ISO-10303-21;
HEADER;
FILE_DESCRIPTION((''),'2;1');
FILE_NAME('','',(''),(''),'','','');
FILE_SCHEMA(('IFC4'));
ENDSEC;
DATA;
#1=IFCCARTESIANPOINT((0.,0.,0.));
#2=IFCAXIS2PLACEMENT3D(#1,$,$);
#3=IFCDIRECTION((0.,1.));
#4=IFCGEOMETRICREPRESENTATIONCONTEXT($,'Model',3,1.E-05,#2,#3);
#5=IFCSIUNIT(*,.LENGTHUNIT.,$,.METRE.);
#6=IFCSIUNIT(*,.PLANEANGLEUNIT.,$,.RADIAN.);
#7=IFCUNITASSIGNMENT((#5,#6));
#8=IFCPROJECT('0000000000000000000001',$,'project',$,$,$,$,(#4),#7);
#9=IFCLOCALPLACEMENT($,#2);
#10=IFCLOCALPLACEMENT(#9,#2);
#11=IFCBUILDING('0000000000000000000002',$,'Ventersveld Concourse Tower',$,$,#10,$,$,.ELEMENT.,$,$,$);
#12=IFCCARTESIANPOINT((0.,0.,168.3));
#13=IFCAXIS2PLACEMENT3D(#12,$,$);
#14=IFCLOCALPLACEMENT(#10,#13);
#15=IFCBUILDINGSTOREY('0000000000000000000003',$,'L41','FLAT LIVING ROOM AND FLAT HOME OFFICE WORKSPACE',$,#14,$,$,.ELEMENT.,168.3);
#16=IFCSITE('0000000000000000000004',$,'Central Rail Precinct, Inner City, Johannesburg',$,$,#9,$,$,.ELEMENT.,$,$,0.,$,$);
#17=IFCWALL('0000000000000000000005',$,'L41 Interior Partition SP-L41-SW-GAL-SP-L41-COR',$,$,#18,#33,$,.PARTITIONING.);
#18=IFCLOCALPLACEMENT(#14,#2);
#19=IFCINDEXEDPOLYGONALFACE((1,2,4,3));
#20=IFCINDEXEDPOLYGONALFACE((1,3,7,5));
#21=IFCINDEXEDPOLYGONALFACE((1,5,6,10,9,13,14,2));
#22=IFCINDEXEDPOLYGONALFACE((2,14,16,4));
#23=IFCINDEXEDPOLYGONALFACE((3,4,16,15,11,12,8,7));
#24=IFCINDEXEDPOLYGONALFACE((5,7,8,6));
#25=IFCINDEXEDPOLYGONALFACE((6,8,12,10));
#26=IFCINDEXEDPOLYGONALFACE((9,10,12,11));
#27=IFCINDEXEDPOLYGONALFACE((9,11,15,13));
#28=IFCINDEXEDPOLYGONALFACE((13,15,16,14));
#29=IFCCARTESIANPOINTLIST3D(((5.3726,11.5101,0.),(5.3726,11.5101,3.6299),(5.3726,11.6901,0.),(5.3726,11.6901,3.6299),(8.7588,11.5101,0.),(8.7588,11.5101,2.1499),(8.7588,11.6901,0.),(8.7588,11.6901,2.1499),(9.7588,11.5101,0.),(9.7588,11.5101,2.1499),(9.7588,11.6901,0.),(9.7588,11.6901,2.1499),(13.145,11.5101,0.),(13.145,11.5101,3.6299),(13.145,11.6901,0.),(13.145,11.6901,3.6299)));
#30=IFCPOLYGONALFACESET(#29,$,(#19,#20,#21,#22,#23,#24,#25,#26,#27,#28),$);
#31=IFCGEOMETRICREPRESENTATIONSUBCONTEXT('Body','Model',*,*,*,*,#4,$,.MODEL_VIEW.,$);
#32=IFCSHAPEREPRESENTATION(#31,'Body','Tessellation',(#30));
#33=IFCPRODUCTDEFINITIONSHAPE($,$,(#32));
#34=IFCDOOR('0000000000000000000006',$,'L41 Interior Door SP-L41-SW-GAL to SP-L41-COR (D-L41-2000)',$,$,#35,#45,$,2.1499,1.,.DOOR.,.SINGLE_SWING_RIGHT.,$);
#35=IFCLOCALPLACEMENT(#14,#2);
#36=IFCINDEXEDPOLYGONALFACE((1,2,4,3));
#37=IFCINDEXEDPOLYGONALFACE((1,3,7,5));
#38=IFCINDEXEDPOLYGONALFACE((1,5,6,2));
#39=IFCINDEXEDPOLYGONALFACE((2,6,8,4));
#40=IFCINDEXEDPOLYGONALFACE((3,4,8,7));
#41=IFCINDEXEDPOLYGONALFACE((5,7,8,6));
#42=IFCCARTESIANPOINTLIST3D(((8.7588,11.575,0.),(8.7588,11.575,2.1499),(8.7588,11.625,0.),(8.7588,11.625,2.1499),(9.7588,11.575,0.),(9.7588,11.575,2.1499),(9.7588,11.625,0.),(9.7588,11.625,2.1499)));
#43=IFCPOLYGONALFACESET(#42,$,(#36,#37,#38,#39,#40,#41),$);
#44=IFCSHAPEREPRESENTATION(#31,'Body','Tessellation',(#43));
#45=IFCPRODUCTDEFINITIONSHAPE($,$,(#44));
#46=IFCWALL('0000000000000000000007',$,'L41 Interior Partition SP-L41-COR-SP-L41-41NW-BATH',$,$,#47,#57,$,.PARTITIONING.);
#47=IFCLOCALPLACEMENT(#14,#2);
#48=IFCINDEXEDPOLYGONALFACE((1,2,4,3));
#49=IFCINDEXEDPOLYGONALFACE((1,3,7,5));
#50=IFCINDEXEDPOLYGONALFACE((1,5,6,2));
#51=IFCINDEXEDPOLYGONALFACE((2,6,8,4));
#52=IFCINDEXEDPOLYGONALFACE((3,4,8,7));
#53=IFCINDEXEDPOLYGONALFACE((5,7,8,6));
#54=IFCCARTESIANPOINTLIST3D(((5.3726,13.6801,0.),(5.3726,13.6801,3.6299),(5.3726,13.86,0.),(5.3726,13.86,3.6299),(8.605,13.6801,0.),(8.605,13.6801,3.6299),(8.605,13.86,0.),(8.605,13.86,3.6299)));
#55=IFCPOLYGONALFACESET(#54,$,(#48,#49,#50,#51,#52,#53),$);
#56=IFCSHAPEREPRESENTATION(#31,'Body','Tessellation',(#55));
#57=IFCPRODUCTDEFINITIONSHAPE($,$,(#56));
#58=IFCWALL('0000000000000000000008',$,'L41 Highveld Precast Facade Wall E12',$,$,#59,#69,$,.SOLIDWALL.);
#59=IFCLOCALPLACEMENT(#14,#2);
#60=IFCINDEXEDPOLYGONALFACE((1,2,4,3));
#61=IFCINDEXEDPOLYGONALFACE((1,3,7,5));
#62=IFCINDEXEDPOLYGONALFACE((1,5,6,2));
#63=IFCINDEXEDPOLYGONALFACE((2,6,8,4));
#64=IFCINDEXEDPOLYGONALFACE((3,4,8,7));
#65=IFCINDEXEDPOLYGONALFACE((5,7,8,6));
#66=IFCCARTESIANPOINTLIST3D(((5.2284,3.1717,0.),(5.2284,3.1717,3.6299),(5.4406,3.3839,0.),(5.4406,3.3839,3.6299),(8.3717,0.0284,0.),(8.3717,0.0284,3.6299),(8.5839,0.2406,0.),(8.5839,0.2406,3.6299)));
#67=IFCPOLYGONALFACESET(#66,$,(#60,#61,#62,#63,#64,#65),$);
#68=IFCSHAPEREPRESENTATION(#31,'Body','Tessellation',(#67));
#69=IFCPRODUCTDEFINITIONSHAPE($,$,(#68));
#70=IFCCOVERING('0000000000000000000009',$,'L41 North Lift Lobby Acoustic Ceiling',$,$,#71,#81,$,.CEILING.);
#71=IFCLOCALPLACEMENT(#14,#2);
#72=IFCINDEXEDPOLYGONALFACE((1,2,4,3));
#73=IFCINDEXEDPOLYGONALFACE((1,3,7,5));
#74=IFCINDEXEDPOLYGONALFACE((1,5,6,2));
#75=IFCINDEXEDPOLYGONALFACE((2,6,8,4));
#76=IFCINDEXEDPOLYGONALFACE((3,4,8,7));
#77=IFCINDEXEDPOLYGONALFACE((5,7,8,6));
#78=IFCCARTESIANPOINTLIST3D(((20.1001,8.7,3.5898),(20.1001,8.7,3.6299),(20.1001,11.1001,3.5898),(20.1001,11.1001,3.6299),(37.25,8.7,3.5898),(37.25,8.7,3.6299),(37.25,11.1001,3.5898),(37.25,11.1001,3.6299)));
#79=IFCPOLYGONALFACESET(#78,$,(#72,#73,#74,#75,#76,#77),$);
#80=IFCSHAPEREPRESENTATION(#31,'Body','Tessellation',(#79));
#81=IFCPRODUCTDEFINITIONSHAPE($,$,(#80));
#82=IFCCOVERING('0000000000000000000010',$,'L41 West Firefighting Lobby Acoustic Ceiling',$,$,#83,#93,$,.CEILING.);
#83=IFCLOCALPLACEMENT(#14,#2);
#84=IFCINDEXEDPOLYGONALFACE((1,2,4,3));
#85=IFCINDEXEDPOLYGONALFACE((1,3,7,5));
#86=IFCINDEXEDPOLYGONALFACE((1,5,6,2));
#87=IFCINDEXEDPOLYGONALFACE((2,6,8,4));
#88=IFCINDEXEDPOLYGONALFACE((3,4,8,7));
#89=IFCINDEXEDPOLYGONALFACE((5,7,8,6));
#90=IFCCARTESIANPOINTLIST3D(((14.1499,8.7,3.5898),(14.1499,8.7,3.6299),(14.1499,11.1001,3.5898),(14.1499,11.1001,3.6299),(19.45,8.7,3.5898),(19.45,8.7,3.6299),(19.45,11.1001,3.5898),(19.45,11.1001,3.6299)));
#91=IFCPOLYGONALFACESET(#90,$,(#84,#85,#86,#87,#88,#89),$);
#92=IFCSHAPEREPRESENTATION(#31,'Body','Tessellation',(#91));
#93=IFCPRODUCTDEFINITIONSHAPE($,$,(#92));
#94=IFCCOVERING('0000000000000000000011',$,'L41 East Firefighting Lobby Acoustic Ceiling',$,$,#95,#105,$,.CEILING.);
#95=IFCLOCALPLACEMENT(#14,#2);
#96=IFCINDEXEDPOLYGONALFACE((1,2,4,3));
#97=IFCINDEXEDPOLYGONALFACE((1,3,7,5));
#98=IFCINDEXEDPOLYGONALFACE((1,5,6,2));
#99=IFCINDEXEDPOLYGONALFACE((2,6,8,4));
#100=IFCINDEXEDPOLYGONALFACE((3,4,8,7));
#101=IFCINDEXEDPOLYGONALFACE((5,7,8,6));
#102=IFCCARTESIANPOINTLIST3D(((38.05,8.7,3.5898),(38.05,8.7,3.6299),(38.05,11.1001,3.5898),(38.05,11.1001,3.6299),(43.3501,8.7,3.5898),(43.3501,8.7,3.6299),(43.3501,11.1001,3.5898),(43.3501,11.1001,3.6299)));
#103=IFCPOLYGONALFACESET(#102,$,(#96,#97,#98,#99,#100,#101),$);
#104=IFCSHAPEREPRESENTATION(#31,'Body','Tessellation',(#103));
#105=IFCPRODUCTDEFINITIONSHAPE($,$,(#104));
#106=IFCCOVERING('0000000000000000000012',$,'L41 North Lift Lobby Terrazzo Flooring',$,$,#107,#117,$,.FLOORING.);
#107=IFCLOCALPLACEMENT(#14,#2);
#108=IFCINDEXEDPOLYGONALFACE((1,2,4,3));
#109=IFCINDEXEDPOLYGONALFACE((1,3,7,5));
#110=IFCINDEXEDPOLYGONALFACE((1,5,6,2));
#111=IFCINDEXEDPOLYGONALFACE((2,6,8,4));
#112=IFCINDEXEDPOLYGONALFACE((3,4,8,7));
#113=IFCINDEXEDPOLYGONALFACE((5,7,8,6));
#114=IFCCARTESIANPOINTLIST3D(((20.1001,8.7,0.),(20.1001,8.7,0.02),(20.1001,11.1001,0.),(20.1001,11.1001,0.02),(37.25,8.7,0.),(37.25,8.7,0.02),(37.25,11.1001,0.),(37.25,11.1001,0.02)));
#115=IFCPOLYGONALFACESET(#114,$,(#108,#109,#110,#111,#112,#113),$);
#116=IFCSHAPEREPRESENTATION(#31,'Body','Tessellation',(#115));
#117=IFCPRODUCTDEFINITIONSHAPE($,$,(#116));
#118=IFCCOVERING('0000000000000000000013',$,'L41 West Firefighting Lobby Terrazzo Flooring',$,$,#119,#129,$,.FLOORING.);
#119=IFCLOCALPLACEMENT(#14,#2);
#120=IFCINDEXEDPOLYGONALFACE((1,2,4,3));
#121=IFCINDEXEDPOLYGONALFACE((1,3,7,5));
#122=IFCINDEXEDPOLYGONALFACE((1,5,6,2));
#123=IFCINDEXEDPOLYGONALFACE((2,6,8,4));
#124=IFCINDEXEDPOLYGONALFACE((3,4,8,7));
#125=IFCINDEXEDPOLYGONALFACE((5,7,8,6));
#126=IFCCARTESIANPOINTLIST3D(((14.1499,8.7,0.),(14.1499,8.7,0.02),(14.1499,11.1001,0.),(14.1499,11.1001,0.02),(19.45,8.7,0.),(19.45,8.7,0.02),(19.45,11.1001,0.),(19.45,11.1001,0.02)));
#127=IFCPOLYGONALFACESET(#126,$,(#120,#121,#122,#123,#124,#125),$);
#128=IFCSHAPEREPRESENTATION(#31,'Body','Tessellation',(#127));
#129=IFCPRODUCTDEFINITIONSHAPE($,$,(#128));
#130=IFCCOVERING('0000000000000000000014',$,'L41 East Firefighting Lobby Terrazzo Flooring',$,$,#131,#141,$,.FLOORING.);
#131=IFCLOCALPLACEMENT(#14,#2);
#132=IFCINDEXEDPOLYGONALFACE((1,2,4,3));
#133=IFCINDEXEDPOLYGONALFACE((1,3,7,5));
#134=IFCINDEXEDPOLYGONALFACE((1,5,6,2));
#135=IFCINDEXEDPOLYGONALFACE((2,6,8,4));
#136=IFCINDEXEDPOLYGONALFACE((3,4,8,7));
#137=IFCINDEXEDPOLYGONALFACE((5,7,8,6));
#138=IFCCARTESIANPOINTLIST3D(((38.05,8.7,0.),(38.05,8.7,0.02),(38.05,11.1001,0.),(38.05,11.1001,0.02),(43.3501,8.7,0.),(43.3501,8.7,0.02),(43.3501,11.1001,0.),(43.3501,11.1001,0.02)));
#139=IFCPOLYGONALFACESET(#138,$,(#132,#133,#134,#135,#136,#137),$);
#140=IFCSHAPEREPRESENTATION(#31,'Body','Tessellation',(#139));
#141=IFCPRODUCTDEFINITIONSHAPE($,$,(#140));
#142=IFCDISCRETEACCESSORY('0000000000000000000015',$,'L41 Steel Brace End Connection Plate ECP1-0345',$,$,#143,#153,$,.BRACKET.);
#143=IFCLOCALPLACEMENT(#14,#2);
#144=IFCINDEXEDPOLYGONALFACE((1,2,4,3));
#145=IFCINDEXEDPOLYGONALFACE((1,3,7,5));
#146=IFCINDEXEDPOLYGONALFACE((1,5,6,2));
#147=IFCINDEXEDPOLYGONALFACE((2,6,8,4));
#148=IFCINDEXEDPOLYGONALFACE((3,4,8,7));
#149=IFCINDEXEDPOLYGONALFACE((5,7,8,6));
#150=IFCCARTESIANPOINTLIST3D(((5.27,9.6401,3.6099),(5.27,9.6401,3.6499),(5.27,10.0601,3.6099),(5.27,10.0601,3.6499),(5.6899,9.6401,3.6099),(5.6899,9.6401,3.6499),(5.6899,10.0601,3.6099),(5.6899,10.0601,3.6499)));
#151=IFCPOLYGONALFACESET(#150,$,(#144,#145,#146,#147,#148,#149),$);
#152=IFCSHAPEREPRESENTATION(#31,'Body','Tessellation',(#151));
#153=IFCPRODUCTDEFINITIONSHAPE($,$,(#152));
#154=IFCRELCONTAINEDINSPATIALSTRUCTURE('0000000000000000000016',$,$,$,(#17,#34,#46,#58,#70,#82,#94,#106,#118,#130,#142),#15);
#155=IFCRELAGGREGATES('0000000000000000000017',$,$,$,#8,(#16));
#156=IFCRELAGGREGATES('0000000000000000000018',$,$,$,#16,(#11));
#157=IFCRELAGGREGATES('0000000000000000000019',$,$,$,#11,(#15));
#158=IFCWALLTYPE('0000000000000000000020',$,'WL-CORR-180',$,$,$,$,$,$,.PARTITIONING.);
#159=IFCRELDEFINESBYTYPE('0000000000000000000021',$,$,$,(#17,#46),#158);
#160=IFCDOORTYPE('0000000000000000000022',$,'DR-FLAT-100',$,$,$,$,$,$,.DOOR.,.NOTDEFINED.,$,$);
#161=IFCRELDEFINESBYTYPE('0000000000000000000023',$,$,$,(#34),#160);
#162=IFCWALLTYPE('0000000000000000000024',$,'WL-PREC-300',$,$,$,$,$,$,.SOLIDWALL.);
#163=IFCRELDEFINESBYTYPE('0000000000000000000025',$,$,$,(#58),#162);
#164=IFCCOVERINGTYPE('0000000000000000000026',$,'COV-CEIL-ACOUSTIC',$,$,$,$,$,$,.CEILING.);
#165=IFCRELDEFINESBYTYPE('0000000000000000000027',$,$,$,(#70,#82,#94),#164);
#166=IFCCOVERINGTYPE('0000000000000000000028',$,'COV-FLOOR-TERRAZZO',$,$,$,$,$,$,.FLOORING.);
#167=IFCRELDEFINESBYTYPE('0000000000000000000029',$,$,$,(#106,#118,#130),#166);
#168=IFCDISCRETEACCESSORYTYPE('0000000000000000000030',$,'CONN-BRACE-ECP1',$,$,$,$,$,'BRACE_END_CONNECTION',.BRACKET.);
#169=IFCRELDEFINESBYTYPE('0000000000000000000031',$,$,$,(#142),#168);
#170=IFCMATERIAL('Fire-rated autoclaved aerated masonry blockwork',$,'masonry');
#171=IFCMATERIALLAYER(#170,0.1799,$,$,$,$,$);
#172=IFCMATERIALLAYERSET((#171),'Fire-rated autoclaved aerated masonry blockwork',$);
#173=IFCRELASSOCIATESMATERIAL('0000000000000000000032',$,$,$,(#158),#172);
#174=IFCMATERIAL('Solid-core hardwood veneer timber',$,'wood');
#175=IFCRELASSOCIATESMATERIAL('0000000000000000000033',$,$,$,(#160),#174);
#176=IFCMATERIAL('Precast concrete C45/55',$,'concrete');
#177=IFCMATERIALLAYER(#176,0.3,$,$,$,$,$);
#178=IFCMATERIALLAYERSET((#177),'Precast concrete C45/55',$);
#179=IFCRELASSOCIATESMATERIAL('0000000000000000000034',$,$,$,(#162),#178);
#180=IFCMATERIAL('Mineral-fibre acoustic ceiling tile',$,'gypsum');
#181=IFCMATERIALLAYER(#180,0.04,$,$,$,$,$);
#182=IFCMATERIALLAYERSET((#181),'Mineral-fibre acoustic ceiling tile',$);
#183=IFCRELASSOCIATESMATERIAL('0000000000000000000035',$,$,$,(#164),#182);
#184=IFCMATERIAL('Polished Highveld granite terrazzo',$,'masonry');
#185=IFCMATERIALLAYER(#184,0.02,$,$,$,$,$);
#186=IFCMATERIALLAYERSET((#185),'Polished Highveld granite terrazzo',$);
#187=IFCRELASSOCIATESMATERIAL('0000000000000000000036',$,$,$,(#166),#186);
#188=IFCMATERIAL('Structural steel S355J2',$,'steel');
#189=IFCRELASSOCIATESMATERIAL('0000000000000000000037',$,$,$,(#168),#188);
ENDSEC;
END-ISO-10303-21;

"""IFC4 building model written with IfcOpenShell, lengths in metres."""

from ifc_helpers import new_model, si_unit, direction, frame, frame_2d, origin, origin_2d, place, context, subcontext, project, spatial, polyline, rectangle, outline, extrude, material, layer, layer_set, type_object, element, fill, save


model = new_model("IFC4")

# Units and contexts
model_context = context("Model", 3, precision=1e-05, world=origin(), true_north=direction((0.0, 1.0)))
body_context = subcontext(model_context, "Body", "Model", "MODEL_VIEW")
ifc_project = project(units=[si_unit("LENGTHUNIT", "METRE"), si_unit("PLANEANGLEUNIT", "RADIAN")], contexts=[model_context])

# Site, building, storey
site_placement = place(None, origin())
site = spatial("IfcSite", under=ifc_project, at=site_placement, Name="Central Rail Precinct, Inner City, Johannesburg", CompositionType="ELEMENT", RefElevation=0.0)
building_placement = place(site_placement, origin())
building = spatial("IfcBuilding", under=site, at=building_placement, Name="Ventersveld Concourse Tower", CompositionType="ELEMENT")
storey_placement = place(building_placement, frame((0.0, 0.0, 168.3)))
storey = spatial("IfcBuildingStorey", under=building, at=storey_placement, Name="L41", Description="FLAT LIVING ROOM AND FLAT HOME OFFICE WORKSPACE", CompositionType="ELEMENT", Elevation=168.3)

# Wall, opening, door
ifc_material_1 = material(Name="Fire-rated autoclaved aerated masonry blockwork", Category="masonry")
ifc_layer_1 = layer(ifc_material_1, 0.1799)
ifc_layer_set_1 = layer_set([ifc_layer_1], Name="Fire-rated autoclaved aerated masonry blockwork")
wall_type_1 = type_object("IfcWallType", Name="WL-CORR-180", PredefinedType="PARTITIONING", material=ifc_layer_set_1)
wall_1_placement = place(storey_placement, frame((5.3726, 11.6001, 0.0), z_axis=(0.0, 0.0, 1.0), x_axis=(1.0, 0.0, 0.0)))
wall_1 = element("IfcWall", 1, at=wall_1_placement, inside=storey, type_object=wall_type_1, Name="L41 Interior Partition SP-L41-SW-GAL-SP-L41-COR", PredefinedType="PARTITIONING", context=body_context, shape_type="SweptSolid", body=[
    extrude(rectangle(XDim=7.7725, YDim=0.1799, at=frame_2d((3.8862, 0.0))), origin(), (0.0, 0.0, 1.0), 3.6299),
])
opening_placement = place(wall_1_placement, frame((3.3862, 0.0, 0.0)))
opening = element("IfcOpeningElement", 2, at=opening_placement, cuts=wall_1, PredefinedType="OPENING", context=body_context, shape_type="SweptSolid", body=[
    extrude(rectangle(XDim=1.0, YDim=2.1499, at=frame_2d((0.5, 1.075))), frame((0.0, 0.1001, 0.0), z_axis=(0.0, -1.0, 0.0), x_axis=(1.0, 0.0, 0.0)), (0.0, 0.0, 1.0), 0.2),
])
ifc_material_2 = material(Name="Solid-core hardwood veneer timber", Category="wood")
door_type = type_object("IfcDoorType", Name="DR-FLAT-100", OperationType="NOTDEFINED", PredefinedType="DOOR", material=ifc_material_2)
door_placement = place(opening_placement, origin())
door = element("IfcDoor", 3, at=door_placement, inside=storey, type_object=door_type, Name="L41 Interior Door SP-L41-SW-GAL to SP-L41-COR (D-L41-2000)", OperationType="SINGLE_SWING_RIGHT", OverallHeight=2.1499, OverallWidth=1.0, PredefinedType="DOOR", context=body_context, shape_type="SweptSolid", body=[
    extrude(rectangle(XDim=1.0, YDim=2.1499, at=frame_2d((0.5, 1.075))), frame((0.0, 0.0249, 0.0), z_axis=(0.0, -1.0, 0.0), x_axis=(1.0, 0.0, 0.0)), (0.0, 0.0, 1.0), 0.05),
])
fill(opening, door)

# Walls
wall_2_placement = place(storey_placement, frame((5.3726, 13.77, 0.0), z_axis=(0.0, 0.0, 1.0), x_axis=(1.0, 0.0, 0.0)))
element("IfcWall", 4, at=wall_2_placement, inside=storey, type_object=wall_type_1, Name="L41 Interior Partition SP-L41-COR-SP-L41-41NW-BATH", PredefinedType="PARTITIONING", context=body_context, shape_type="SweptSolid", body=[
    extrude(rectangle(XDim=3.2324, YDim=0.1799, at=frame_2d((1.6162, 0.0))), origin(), (0.0, 0.0, 1.0), 3.6299),
])
ifc_material_3 = material(Name="Precast concrete C45/55", Category="concrete")
ifc_layer_2 = layer(ifc_material_3, 0.3)
ifc_layer_set_2 = layer_set([ifc_layer_2], Name="Precast concrete C45/55")
wall_type_2 = type_object("IfcWallType", Name="WL-PREC-300", PredefinedType="SOLIDWALL", material=ifc_layer_set_2)
wall_3_placement = place(storey_placement, frame((5.3345, 3.2778, 0.0), z_axis=(0.0, 0.0, 1.0), x_axis=(0.707107, -0.707107, 0.0)))
element("IfcWall", 5, at=wall_3_placement, inside=storey, type_object=wall_type_2, Name="L41 Highveld Precast Facade Wall E12", PredefinedType="SOLIDWALL", context=body_context, shape_type="SweptSolid", body=[
    extrude(rectangle(XDim=4.4453, YDim=0.3, at=frame_2d((2.2227, 0.0))), origin(), (0.0, 0.0, 1.0), 3.6299),
])

# Coverings
ifc_material_4 = material(Name="Mineral-fibre acoustic ceiling tile", Category="gypsum")
ifc_layer_3 = layer(ifc_material_4, 0.04)
ifc_layer_set_3 = layer_set([ifc_layer_3], Name="Mineral-fibre acoustic ceiling tile")
covering_type_1 = type_object("IfcCoveringType", Name="COV-CEIL-ACOUSTIC", PredefinedType="CEILING", material=ifc_layer_set_3)
covering_1_placement = place(storey_placement, frame((0.0, 0.0, 3.5898)))
element("IfcCovering", 6, at=covering_1_placement, inside=storey, type_object=covering_type_1, Name="L41 North Lift Lobby Acoustic Ceiling", PredefinedType="CEILING", context=body_context, shape_type="SweptSolid", body=[
    extrude(outline(polyline([(20.1001, 8.7), (37.25, 8.7), (37.25, 11.1001), (20.1001, 11.1001), (20.1001, 8.7)])), origin(), (0.0, 0.0, 1.0), 0.04),
])
covering_2_placement = place(storey_placement, frame((0.0, 0.0, 3.5898)))
element("IfcCovering", 7, at=covering_2_placement, inside=storey, type_object=covering_type_1, Name="L41 West Firefighting Lobby Acoustic Ceiling", PredefinedType="CEILING", context=body_context, shape_type="SweptSolid", body=[
    extrude(outline(polyline([(14.1499, 8.7), (19.45, 8.7), (19.45, 11.1001), (14.1499, 11.1001), (14.1499, 8.7)])), origin(), (0.0, 0.0, 1.0), 0.04),
])
covering_3_placement = place(storey_placement, frame((0.0, 0.0, 3.5898)))
element("IfcCovering", 8, at=covering_3_placement, inside=storey, type_object=covering_type_1, Name="L41 East Firefighting Lobby Acoustic Ceiling", PredefinedType="CEILING", context=body_context, shape_type="SweptSolid", body=[
    extrude(outline(polyline([(38.05, 8.7), (43.3501, 8.7), (43.3501, 11.1001), (38.05, 11.1001), (38.05, 8.7)])), origin(), (0.0, 0.0, 1.0), 0.04),
])
ifc_material_5 = material(Name="Polished Highveld granite terrazzo", Category="masonry")
ifc_layer_4 = layer(ifc_material_5, 0.02)
ifc_layer_set_4 = layer_set([ifc_layer_4], Name="Polished Highveld granite terrazzo")
covering_type_2 = type_object("IfcCoveringType", Name="COV-FLOOR-TERRAZZO", PredefinedType="FLOORING", material=ifc_layer_set_4)
covering_4_placement = place(storey_placement, origin())
element("IfcCovering", 9, at=covering_4_placement, inside=storey, type_object=covering_type_2, Name="L41 North Lift Lobby Terrazzo Flooring", PredefinedType="FLOORING", context=body_context, shape_type="SweptSolid", body=[
    extrude(outline(polyline([(20.1001, 8.7), (37.25, 8.7), (37.25, 11.1001), (20.1001, 11.1001), (20.1001, 8.7)])), origin(), (0.0, 0.0, 1.0), 0.02),
])
covering_5_placement = place(storey_placement, origin())
element("IfcCovering", 10, at=covering_5_placement, inside=storey, type_object=covering_type_2, Name="L41 West Firefighting Lobby Terrazzo Flooring", PredefinedType="FLOORING", context=body_context, shape_type="SweptSolid", body=[
    extrude(outline(polyline([(14.1499, 8.7), (19.45, 8.7), (19.45, 11.1001), (14.1499, 11.1001), (14.1499, 8.7)])), origin(), (0.0, 0.0, 1.0), 0.02),
])
covering_6_placement = place(storey_placement, origin())
element("IfcCovering", 11, at=covering_6_placement, inside=storey, type_object=covering_type_2, Name="L41 East Firefighting Lobby Terrazzo Flooring", PredefinedType="FLOORING", context=body_context, shape_type="SweptSolid", body=[
    extrude(outline(polyline([(38.05, 8.7), (43.3501, 8.7), (43.3501, 11.1001), (38.05, 11.1001), (38.05, 8.7)])), origin(), (0.0, 0.0, 1.0), 0.02),
])

# Discrete accessory
ifc_material_6 = material(Name="Structural steel S355J2", Category="steel")
discrete_accessory_type = type_object("IfcDiscreteAccessoryType", Name="CONN-BRACE-ECP1", ElementType="BRACE_END_CONNECTION", PredefinedType="BRACKET", material=ifc_material_6)
discrete_accessory_placement = place(storey_placement, frame((5.48, 9.8501, 3.6099), z_axis=(0.0, 0.0, 1.0), x_axis=(1.0, 0.0, 0.0)))
element("IfcDiscreteAccessory", 12, at=discrete_accessory_placement, inside=storey, type_object=discrete_accessory_type, Name="L41 Steel Brace End Connection Plate ECP1-0345", PredefinedType="BRACKET", context=body_context, shape_type="SweptSolid", body=[
    extrude(rectangle(XDim=0.4199, YDim=0.4199, at=origin_2d()), origin(), (0.0, 0.0, 1.0), 0.04),
])

save(model, "model.ifc")
